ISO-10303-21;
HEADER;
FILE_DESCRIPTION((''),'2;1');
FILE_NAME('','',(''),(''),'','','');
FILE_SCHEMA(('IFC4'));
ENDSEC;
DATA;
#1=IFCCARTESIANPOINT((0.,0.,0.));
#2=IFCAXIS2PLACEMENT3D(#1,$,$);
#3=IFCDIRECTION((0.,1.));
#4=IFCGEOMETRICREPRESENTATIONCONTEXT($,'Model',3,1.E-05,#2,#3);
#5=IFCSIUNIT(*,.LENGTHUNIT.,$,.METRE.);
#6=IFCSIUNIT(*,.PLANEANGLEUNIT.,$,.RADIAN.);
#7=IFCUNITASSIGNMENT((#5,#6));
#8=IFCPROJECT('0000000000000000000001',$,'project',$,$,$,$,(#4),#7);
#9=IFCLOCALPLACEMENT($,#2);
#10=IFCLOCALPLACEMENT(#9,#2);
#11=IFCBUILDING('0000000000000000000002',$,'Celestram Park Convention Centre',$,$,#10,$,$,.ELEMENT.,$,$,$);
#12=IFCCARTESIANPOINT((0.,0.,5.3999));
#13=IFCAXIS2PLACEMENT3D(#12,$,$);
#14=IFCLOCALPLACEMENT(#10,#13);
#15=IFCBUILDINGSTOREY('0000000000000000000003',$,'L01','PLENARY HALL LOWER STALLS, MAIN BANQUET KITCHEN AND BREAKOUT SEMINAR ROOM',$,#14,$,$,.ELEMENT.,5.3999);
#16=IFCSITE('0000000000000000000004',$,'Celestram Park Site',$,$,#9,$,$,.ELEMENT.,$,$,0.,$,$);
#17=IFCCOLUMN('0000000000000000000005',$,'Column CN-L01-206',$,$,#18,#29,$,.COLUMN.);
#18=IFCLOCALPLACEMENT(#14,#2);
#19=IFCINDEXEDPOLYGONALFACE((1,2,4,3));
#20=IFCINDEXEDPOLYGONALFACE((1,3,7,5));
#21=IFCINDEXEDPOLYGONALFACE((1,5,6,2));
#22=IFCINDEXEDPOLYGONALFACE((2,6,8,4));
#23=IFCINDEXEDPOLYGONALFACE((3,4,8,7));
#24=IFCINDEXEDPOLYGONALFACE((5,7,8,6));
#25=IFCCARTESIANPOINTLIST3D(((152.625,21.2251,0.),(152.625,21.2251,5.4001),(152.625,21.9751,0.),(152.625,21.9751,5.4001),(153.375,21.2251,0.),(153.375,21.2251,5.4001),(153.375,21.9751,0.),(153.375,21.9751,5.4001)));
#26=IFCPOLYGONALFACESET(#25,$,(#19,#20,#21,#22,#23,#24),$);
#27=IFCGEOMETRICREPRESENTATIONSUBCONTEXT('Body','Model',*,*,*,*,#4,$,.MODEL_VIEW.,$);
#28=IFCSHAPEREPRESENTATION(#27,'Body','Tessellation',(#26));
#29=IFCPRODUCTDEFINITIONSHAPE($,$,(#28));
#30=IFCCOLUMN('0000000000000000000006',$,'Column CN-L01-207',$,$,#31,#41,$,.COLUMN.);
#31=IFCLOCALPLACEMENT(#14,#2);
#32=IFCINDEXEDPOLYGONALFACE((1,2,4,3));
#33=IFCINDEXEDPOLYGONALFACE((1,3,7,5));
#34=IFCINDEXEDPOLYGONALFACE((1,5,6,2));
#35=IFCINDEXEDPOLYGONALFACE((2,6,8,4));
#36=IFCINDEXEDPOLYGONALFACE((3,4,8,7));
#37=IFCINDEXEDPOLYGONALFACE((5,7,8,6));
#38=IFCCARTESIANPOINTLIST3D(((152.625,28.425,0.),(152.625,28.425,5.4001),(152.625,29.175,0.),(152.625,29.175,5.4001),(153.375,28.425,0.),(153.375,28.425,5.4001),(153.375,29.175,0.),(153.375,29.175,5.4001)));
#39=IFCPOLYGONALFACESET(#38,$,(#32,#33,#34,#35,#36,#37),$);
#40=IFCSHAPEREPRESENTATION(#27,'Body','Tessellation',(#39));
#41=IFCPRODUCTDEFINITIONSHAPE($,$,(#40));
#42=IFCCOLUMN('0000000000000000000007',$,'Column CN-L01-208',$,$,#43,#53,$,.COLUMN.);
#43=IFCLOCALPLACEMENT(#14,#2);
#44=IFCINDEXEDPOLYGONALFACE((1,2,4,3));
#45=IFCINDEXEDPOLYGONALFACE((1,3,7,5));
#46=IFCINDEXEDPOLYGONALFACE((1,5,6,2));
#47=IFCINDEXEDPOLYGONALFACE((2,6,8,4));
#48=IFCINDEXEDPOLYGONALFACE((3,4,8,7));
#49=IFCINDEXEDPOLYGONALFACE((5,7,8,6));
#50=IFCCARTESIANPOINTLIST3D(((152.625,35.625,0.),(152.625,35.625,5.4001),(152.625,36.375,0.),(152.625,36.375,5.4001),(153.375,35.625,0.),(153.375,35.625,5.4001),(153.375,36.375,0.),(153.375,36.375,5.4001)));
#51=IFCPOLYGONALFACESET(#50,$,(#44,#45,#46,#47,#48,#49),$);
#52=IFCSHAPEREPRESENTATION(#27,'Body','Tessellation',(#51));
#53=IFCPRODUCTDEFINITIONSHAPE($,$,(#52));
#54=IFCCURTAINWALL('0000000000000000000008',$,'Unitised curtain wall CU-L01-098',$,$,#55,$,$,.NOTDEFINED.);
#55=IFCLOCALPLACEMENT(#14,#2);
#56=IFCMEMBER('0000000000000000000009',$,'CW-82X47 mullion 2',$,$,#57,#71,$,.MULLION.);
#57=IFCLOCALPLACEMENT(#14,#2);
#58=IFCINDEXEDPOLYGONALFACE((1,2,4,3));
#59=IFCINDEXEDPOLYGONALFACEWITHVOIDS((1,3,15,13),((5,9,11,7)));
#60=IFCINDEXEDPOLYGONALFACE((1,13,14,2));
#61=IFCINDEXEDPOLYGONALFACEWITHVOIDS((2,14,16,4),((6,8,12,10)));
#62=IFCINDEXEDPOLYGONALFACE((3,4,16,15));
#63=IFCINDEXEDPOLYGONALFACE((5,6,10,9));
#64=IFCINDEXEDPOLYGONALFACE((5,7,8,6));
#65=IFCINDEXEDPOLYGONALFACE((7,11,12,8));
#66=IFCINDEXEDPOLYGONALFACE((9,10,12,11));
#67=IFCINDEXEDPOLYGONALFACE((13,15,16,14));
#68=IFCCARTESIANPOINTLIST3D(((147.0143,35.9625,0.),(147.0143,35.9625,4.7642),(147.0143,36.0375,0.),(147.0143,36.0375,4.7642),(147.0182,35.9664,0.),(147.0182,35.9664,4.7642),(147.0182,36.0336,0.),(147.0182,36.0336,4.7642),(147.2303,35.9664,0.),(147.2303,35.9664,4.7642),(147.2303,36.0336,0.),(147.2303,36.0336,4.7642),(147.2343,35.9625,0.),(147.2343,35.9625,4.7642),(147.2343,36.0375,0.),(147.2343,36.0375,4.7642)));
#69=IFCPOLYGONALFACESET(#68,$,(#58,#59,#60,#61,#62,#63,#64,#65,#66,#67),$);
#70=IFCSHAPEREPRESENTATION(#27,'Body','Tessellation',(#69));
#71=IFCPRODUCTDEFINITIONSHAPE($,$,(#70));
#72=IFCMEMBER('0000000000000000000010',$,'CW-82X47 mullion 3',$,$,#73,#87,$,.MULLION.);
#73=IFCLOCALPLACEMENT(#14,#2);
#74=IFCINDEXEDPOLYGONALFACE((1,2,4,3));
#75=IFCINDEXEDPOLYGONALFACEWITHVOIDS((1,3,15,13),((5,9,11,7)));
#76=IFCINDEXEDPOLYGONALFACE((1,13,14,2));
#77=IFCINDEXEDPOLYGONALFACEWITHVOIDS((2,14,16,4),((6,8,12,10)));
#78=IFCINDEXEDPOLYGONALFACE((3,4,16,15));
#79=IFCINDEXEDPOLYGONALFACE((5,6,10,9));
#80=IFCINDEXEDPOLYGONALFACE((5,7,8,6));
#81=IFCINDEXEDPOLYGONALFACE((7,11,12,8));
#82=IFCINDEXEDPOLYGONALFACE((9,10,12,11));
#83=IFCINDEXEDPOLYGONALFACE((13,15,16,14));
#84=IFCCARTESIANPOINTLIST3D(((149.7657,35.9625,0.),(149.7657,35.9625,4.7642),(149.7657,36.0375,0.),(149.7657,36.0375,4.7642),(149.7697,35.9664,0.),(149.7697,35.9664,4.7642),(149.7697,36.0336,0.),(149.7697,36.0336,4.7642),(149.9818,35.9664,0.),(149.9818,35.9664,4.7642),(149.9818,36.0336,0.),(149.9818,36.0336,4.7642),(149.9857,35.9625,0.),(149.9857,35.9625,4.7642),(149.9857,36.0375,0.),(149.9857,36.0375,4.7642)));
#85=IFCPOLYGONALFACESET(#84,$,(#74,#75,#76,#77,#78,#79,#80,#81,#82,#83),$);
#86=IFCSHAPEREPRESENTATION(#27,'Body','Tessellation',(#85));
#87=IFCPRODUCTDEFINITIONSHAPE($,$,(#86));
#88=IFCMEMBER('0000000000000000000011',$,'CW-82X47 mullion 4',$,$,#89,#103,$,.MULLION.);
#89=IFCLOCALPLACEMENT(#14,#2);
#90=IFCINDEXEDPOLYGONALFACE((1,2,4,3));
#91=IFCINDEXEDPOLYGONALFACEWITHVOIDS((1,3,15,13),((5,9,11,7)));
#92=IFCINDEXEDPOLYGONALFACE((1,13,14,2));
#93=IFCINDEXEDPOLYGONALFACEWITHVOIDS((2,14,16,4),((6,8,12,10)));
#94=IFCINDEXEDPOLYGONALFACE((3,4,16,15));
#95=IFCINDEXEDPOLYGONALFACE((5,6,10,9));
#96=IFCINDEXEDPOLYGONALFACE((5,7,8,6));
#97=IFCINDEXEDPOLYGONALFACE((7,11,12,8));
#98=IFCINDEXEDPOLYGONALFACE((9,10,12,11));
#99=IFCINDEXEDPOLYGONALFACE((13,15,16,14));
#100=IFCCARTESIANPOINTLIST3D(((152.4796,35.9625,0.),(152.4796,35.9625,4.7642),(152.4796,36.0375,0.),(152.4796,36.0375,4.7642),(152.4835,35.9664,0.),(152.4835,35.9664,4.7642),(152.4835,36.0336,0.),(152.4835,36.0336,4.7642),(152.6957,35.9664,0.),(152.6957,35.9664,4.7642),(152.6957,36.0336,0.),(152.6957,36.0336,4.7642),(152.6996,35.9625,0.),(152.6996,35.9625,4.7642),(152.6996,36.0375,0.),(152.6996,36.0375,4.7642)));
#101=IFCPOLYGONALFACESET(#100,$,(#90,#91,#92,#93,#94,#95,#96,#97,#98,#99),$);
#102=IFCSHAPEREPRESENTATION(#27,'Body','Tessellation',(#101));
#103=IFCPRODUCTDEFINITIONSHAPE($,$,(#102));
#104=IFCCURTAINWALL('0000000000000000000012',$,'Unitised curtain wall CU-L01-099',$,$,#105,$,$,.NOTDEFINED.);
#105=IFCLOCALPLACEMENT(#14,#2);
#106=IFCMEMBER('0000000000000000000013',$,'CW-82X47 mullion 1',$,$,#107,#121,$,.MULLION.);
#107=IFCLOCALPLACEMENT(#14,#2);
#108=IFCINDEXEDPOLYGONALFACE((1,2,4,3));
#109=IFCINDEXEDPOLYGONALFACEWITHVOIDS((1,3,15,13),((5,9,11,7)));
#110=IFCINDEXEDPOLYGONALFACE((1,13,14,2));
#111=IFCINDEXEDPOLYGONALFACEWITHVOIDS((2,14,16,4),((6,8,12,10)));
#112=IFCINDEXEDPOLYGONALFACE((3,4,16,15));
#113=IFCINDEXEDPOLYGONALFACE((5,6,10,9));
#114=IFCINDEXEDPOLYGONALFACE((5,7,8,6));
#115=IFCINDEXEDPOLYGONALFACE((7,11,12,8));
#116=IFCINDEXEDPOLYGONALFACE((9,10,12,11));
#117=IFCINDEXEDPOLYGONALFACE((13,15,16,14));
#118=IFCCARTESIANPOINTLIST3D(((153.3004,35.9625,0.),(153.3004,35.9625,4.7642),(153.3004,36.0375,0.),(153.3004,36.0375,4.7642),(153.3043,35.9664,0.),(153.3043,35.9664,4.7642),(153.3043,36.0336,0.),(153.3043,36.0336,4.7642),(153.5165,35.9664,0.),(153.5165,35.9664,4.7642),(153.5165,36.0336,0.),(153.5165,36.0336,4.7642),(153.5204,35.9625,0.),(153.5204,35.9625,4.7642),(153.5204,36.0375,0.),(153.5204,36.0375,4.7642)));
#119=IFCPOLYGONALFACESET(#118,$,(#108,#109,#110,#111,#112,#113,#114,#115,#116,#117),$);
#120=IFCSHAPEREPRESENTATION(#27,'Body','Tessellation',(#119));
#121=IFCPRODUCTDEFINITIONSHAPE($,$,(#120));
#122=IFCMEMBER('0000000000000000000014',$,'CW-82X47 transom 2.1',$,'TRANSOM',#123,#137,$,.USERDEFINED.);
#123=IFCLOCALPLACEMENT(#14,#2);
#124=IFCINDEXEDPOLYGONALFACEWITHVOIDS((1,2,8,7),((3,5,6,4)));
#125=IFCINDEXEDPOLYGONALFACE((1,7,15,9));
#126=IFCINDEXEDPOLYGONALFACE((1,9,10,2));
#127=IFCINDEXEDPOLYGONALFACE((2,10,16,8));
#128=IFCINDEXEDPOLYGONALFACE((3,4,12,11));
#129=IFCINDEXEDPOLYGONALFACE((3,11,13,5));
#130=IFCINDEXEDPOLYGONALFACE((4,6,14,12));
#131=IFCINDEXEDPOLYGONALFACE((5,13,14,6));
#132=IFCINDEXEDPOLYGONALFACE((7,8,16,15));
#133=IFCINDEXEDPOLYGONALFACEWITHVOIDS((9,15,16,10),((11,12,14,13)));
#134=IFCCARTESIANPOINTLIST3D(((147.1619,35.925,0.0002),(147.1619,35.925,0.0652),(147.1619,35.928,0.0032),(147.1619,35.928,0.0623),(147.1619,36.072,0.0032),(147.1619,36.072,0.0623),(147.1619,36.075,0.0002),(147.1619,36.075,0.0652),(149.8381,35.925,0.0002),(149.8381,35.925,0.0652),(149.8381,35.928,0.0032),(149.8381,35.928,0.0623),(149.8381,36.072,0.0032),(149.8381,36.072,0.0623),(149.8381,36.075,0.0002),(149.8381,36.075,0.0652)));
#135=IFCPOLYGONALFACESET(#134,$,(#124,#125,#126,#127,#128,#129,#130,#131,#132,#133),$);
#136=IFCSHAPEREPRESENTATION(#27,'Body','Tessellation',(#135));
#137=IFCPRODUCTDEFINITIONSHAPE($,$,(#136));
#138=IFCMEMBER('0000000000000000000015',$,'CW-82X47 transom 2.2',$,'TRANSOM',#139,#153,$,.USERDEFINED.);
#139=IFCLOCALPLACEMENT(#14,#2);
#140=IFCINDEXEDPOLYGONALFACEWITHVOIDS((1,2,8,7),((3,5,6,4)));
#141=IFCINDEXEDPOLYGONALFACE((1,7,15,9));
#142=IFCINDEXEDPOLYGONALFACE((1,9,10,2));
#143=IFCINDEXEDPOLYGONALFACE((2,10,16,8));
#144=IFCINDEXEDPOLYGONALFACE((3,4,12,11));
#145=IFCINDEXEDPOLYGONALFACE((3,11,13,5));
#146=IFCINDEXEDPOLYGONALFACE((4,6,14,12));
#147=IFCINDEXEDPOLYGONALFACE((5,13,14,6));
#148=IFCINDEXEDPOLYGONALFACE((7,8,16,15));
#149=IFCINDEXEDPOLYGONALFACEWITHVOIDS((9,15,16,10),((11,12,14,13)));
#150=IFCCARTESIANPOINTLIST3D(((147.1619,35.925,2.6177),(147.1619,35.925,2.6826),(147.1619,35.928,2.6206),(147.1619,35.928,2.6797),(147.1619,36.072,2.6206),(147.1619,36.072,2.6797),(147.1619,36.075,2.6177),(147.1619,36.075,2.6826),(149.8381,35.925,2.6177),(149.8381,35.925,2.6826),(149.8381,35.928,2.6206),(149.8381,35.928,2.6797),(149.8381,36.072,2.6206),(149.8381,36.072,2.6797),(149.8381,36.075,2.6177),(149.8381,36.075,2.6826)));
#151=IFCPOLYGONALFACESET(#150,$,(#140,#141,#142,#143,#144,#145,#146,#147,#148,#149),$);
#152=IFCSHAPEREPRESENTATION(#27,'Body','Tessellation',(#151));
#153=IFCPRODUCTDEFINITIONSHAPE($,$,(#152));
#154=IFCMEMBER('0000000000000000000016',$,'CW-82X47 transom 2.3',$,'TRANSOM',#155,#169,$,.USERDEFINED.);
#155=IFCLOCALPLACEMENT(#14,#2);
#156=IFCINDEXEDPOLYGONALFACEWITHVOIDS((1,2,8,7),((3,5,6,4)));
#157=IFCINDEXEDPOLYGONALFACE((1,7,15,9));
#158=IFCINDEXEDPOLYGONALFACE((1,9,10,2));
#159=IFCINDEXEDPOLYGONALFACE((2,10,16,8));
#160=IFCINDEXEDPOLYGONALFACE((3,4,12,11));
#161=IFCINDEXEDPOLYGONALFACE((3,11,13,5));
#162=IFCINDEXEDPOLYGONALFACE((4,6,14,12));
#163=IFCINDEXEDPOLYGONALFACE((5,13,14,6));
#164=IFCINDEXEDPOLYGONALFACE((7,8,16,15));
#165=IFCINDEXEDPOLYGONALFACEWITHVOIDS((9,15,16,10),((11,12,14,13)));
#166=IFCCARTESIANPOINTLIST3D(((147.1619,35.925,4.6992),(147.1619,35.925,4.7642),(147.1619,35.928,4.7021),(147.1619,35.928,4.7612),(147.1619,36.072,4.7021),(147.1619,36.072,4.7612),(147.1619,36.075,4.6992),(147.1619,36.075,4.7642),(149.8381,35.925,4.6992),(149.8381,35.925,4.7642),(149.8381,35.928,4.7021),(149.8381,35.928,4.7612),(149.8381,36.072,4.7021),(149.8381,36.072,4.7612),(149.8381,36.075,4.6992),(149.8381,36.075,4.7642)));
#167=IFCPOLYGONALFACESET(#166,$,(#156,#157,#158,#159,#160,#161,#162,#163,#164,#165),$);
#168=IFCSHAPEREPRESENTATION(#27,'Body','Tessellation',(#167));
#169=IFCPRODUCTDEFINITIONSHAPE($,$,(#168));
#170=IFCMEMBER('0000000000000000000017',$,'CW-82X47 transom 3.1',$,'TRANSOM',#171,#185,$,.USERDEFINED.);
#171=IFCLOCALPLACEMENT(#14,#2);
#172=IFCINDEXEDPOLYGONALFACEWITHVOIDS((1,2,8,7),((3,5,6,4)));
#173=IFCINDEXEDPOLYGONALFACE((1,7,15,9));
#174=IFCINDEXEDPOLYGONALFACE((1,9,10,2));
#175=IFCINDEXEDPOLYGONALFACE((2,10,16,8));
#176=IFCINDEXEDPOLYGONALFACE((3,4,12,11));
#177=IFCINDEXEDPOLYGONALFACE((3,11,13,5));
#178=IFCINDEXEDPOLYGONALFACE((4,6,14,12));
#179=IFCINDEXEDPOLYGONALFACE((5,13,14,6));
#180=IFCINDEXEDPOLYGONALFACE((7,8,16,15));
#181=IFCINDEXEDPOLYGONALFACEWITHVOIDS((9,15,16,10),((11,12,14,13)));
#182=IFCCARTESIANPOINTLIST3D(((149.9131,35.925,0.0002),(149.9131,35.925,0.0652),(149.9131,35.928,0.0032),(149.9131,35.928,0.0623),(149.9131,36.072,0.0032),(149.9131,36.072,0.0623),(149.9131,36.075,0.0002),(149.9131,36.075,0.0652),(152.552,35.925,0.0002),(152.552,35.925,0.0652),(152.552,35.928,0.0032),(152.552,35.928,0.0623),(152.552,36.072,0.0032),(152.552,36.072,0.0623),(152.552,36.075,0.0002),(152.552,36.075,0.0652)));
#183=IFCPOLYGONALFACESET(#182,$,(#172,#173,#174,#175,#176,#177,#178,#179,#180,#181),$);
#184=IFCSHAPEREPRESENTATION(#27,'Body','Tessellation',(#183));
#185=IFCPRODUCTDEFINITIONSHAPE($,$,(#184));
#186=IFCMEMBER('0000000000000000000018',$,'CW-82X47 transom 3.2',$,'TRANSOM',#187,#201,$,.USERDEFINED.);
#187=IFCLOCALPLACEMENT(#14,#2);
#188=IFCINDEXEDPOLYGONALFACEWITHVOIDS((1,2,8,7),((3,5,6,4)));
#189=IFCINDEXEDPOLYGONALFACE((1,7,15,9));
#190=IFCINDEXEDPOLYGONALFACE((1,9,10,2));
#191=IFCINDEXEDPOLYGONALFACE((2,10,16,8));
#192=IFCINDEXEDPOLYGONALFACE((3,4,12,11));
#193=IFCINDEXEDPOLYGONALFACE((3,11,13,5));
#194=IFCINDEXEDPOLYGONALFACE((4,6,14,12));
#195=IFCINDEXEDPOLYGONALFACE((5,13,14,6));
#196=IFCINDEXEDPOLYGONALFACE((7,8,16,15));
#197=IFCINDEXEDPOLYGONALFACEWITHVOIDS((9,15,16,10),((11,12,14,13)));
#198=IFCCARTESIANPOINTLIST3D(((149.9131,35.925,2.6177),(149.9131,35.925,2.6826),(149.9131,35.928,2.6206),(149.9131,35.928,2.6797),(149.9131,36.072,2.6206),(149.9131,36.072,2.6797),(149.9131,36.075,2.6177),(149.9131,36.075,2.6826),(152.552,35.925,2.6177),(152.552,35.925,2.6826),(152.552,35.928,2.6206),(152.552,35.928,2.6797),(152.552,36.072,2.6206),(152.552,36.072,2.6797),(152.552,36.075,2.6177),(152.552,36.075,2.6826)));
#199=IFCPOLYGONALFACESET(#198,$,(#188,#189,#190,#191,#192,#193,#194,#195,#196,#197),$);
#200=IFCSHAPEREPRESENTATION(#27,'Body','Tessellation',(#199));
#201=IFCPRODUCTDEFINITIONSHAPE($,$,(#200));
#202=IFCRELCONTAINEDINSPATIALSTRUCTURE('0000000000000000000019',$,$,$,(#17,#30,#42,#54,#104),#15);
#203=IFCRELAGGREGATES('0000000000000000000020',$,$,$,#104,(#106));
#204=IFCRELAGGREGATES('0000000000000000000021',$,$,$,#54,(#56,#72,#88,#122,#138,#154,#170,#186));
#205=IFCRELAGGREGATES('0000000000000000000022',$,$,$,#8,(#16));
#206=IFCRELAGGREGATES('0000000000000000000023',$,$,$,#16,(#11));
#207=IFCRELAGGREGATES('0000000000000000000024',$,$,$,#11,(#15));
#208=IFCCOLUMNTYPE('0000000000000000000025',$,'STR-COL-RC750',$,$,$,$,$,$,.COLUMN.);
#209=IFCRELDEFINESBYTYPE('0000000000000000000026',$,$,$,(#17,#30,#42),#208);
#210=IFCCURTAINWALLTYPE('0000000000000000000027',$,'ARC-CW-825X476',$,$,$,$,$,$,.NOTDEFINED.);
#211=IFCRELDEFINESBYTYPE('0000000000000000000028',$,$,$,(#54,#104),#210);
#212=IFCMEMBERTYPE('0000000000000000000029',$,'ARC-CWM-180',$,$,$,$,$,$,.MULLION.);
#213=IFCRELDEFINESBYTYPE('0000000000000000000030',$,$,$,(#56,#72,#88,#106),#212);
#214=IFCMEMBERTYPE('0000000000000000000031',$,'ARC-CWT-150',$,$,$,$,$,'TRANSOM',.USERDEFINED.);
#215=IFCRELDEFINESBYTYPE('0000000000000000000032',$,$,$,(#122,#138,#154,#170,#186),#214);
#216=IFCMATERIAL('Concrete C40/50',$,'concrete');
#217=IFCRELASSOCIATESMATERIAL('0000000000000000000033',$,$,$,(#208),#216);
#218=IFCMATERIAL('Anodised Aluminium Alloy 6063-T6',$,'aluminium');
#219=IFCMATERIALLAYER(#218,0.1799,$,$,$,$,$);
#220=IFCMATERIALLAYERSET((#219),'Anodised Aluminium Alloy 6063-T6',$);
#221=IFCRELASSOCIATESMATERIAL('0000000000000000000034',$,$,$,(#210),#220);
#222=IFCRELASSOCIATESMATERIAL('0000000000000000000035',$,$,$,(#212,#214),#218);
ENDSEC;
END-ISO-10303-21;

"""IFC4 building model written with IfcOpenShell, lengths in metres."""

from ifc_helpers import new_model, si_unit, direction, frame, origin, origin_2d, place, context, subcontext, project, spatial, rectangle, hollow_rectangle, extrude, material, layer, layer_set, material_profile, profile_set, type_object, element, aggregate, save


model = new_model("IFC4")

# Units and contexts
model_context = context("Model", 3, precision=1e-05, world=origin(), true_north=direction((0.0, 1.0)))
body_context = subcontext(model_context, "Body", "Model", "MODEL_VIEW")
ifc_project = project(units=[si_unit("LENGTHUNIT", "METRE"), si_unit("PLANEANGLEUNIT", "RADIAN")], contexts=[model_context])

# Site, building, storey
site_placement = place(None, origin())
site = spatial("IfcSite", under=ifc_project, at=site_placement, Name="Celestram Park Site", CompositionType="ELEMENT", RefElevation=0.0)
building_placement = place(site_placement, origin())
building = spatial("IfcBuilding", under=site, at=building_placement, Name="Celestram Park Convention Centre", CompositionType="ELEMENT")
storey_placement = place(building_placement, frame((0.0, 0.0, 5.3999)))
storey = spatial("IfcBuildingStorey", under=building, at=storey_placement, Name="L01", Description="PLENARY HALL LOWER STALLS, MAIN BANQUET KITCHEN AND BREAKOUT SEMINAR ROOM", CompositionType="ELEMENT", Elevation=5.3999)

# Columns
ifc_material_1 = material(Name="Concrete C40/50", Category="concrete")
ifc_material_profile_1 = material_profile(ifc_material_1, rectangle(XDim=0.75, YDim=0.75, at=origin_2d()), Name="RC750X750")
ifc_profile_set_1 = profile_set([ifc_material_profile_1], Name="Concrete C40/50")
column_type = type_object("IfcColumnType", Name="STR-COL-RC750", PredefinedType="COLUMN", material=ifc_profile_set_1)
for number, where, z_axis, x_axis, name in (
    (1, (153.0, 21.6001, 0.0), (0.0, 0.0, 1.0), (1.0, 0.0, 0.0), "Column CN-L01-206"),
    (2, (153.0, 28.8, 0.0), (0.0, 0.0, 1.0), (1.0, 0.0, 0.0), "Column CN-L01-207"),
    (3, (153.0, 36.0, 0.0), (0.0, 0.0, 1.0), (1.0, 0.0, 0.0), "Column CN-L01-208"),
):
    element("IfcColumn", number, at=place(storey_placement, frame(where, z_axis=z_axis, x_axis=x_axis)), inside=storey, type_object=column_type, Name=name, PredefinedType="COLUMN", context=body_context, shape_type="SweptSolid", body=[
        extrude(rectangle(XDim=0.75, YDim=0.75, at=origin_2d()), origin(), (0.0, 0.0, 1.0), 5.4001),
    ])

# Curtain wall, members
ifc_material_2 = material(Name="Anodised Aluminium Alloy 6063-T6", Category="aluminium")
ifc_layer_1 = layer(ifc_material_2, 0.1799)
ifc_layer_set_1 = layer_set([ifc_layer_1], Name="Anodised Aluminium Alloy 6063-T6")
curtain_wall_type = type_object("IfcCurtainWallType", Name="ARC-CW-825X476", PredefinedType="NOTDEFINED", material=ifc_layer_set_1)
curtain_wall_1_placement = place(storey_placement, origin())
curtain_wall_1 = element("IfcCurtainWall", 4, at=curtain_wall_1_placement, inside=storey, type_object=curtain_wall_type, Name="Unitised curtain wall CU-L01-098", PredefinedType="NOTDEFINED")
ifc_material_profile_2 = material_profile(ifc_material_2, hollow_rectangle(XDim=0.075, YDim=0.22, WallThickness=0.0039, at=origin_2d()), Name="ALU75X220X4")
ifc_profile_set_2 = profile_set([ifc_material_profile_2], Name="Anodised Aluminium Alloy 6063-T6")
member_type_1 = type_object("IfcMemberType", Name="ARC-CWM-180", PredefinedType="MULLION", material=ifc_profile_set_2)
member_1_placement = place(storey_placement, frame((147.1243, 36.0, 0.0), z_axis=(0.0, 0.0, 1.0), x_axis=(0.0, 1.0, 0.0)))
member_1 = element("IfcMember", 5, at=member_1_placement, type_object=member_type_1, Name="CW-82X47 mullion 2", PredefinedType="MULLION", context=body_context, shape_type="SweptSolid", body=[
    extrude(hollow_rectangle(XDim=0.075, YDim=0.22, WallThickness=0.0039, at=origin_2d()), origin(), (0.0, 0.0, 1.0), 4.7642),
])
member_2_placement = place(storey_placement, frame((149.8757, 36.0, 0.0), z_axis=(0.0, 0.0, 1.0), x_axis=(0.0, 1.0, 0.0)))
member_2 = element("IfcMember", 6, at=member_2_placement, type_object=member_type_1, Name="CW-82X47 mullion 3", PredefinedType="MULLION", context=body_context, shape_type="SweptSolid", body=[
    extrude(hollow_rectangle(XDim=0.075, YDim=0.22, WallThickness=0.0039, at=origin_2d()), origin(), (0.0, 0.0, 1.0), 4.7642),
])
member_3_placement = place(storey_placement, frame((152.5896, 36.0, 0.0), z_axis=(0.0, 0.0, 1.0), x_axis=(0.0, 1.0, 0.0)))
member_3 = element("IfcMember", 7, at=member_3_placement, type_object=member_type_1, Name="CW-82X47 mullion 4", PredefinedType="MULLION", context=body_context, shape_type="SweptSolid", body=[
    extrude(hollow_rectangle(XDim=0.075, YDim=0.22, WallThickness=0.0039, at=origin_2d()), origin(), (0.0, 0.0, 1.0), 4.7642),
])

# Curtain wall, member
curtain_wall_2_placement = place(storey_placement, origin())
curtain_wall_2 = element("IfcCurtainWall", 8, at=curtain_wall_2_placement, inside=storey, type_object=curtain_wall_type, Name="Unitised curtain wall CU-L01-099", PredefinedType="NOTDEFINED")
member_4_placement = place(storey_placement, frame((153.4104, 36.0, 0.0), z_axis=(0.0, 0.0, 1.0), x_axis=(0.0, 1.0, 0.0)))
member_4 = element("IfcMember", 9, at=member_4_placement, type_object=member_type_1, Name="CW-82X47 mullion 1", PredefinedType="MULLION", context=body_context, shape_type="SweptSolid", body=[
    extrude(hollow_rectangle(XDim=0.075, YDim=0.22, WallThickness=0.0039, at=origin_2d()), origin(), (0.0, 0.0, 1.0), 4.7642),
])

# Members
ifc_material_profile_3 = material_profile(ifc_material_2, hollow_rectangle(XDim=0.1499, YDim=0.0649, WallThickness=0.0029, at=origin_2d()), Name="ALU150X65X3")
ifc_profile_set_3 = profile_set([ifc_material_profile_3], Name="Anodised Aluminium Alloy 6063-T6")
member_type_2 = type_object("IfcMemberType", Name="ARC-CWT-150", ElementType="TRANSOM", PredefinedType="USERDEFINED", material=ifc_profile_set_3)
member_5_placement = place(storey_placement, frame((147.1619, 36.0, 0.0327), z_axis=(1.0, 0.0, 0.0), x_axis=(0.0, 1.0, 0.0)))
member_5 = element("IfcMember", 10, at=member_5_placement, type_object=member_type_2, Name="CW-82X47 transom 2.1", ObjectType="TRANSOM", PredefinedType="USERDEFINED", context=body_context, shape_type="SweptSolid", body=[
    extrude(hollow_rectangle(XDim=0.1499, YDim=0.0649, WallThickness=0.0029, at=origin_2d()), origin(), (0.0, 0.0, 1.0), 2.6763),
])
member_6_placement = place(storey_placement, frame((147.1619, 36.0, 2.6501), z_axis=(1.0, 0.0, 0.0), x_axis=(0.0, 1.0, 0.0)))
member_6 = element("IfcMember", 11, at=member_6_placement, type_object=member_type_2, Name="CW-82X47 transom 2.2", ObjectType="TRANSOM", PredefinedType="USERDEFINED", context=body_context, shape_type="SweptSolid", body=[
    extrude(hollow_rectangle(XDim=0.1499, YDim=0.0649, WallThickness=0.0029, at=origin_2d()), origin(), (0.0, 0.0, 1.0), 2.6763),
])
member_7_placement = place(storey_placement, frame((147.1619, 36.0, 4.7317), z_axis=(1.0, 0.0, 0.0), x_axis=(0.0, 1.0, 0.0)))
member_7 = element("IfcMember", 12, at=member_7_placement, type_object=member_type_2, Name="CW-82X47 transom 2.3", ObjectType="TRANSOM", PredefinedType="USERDEFINED", context=body_context, shape_type="SweptSolid", body=[
    extrude(hollow_rectangle(XDim=0.1499, YDim=0.0649, WallThickness=0.0029, at=origin_2d()), origin(), (0.0, 0.0, 1.0), 2.6763),
])
member_8_placement = place(storey_placement, frame((149.9131, 36.0, 0.0327), z_axis=(1.0, 0.0, 0.0), x_axis=(0.0, 1.0, 0.0)))
member_8 = element("IfcMember", 13, at=member_8_placement, type_object=member_type_2, Name="CW-82X47 transom 3.1", ObjectType="TRANSOM", PredefinedType="USERDEFINED", context=body_context, shape_type="SweptSolid", body=[
    extrude(hollow_rectangle(XDim=0.1499, YDim=0.0649, WallThickness=0.0029, at=origin_2d()), origin(), (0.0, 0.0, 1.0), 2.6389),
])
member_9_placement = place(storey_placement, frame((149.9131, 36.0, 2.6501), z_axis=(1.0, 0.0, 0.0), x_axis=(0.0, 1.0, 0.0)))
member_9 = element("IfcMember", 14, at=member_9_placement, type_object=member_type_2, Name="CW-82X47 transom 3.2", ObjectType="TRANSOM", PredefinedType="USERDEFINED", context=body_context, shape_type="SweptSolid", body=[
    extrude(hollow_rectangle(XDim=0.1499, YDim=0.0649, WallThickness=0.0029, at=origin_2d()), origin(), (0.0, 0.0, 1.0), 2.6389),
])
aggregate(curtain_wall_2, [member_4])

aggregate(curtain_wall_1, [member_1, member_2, member_3, member_5, member_6, member_7, member_8, member_9])

save(model, "model.ifc")
